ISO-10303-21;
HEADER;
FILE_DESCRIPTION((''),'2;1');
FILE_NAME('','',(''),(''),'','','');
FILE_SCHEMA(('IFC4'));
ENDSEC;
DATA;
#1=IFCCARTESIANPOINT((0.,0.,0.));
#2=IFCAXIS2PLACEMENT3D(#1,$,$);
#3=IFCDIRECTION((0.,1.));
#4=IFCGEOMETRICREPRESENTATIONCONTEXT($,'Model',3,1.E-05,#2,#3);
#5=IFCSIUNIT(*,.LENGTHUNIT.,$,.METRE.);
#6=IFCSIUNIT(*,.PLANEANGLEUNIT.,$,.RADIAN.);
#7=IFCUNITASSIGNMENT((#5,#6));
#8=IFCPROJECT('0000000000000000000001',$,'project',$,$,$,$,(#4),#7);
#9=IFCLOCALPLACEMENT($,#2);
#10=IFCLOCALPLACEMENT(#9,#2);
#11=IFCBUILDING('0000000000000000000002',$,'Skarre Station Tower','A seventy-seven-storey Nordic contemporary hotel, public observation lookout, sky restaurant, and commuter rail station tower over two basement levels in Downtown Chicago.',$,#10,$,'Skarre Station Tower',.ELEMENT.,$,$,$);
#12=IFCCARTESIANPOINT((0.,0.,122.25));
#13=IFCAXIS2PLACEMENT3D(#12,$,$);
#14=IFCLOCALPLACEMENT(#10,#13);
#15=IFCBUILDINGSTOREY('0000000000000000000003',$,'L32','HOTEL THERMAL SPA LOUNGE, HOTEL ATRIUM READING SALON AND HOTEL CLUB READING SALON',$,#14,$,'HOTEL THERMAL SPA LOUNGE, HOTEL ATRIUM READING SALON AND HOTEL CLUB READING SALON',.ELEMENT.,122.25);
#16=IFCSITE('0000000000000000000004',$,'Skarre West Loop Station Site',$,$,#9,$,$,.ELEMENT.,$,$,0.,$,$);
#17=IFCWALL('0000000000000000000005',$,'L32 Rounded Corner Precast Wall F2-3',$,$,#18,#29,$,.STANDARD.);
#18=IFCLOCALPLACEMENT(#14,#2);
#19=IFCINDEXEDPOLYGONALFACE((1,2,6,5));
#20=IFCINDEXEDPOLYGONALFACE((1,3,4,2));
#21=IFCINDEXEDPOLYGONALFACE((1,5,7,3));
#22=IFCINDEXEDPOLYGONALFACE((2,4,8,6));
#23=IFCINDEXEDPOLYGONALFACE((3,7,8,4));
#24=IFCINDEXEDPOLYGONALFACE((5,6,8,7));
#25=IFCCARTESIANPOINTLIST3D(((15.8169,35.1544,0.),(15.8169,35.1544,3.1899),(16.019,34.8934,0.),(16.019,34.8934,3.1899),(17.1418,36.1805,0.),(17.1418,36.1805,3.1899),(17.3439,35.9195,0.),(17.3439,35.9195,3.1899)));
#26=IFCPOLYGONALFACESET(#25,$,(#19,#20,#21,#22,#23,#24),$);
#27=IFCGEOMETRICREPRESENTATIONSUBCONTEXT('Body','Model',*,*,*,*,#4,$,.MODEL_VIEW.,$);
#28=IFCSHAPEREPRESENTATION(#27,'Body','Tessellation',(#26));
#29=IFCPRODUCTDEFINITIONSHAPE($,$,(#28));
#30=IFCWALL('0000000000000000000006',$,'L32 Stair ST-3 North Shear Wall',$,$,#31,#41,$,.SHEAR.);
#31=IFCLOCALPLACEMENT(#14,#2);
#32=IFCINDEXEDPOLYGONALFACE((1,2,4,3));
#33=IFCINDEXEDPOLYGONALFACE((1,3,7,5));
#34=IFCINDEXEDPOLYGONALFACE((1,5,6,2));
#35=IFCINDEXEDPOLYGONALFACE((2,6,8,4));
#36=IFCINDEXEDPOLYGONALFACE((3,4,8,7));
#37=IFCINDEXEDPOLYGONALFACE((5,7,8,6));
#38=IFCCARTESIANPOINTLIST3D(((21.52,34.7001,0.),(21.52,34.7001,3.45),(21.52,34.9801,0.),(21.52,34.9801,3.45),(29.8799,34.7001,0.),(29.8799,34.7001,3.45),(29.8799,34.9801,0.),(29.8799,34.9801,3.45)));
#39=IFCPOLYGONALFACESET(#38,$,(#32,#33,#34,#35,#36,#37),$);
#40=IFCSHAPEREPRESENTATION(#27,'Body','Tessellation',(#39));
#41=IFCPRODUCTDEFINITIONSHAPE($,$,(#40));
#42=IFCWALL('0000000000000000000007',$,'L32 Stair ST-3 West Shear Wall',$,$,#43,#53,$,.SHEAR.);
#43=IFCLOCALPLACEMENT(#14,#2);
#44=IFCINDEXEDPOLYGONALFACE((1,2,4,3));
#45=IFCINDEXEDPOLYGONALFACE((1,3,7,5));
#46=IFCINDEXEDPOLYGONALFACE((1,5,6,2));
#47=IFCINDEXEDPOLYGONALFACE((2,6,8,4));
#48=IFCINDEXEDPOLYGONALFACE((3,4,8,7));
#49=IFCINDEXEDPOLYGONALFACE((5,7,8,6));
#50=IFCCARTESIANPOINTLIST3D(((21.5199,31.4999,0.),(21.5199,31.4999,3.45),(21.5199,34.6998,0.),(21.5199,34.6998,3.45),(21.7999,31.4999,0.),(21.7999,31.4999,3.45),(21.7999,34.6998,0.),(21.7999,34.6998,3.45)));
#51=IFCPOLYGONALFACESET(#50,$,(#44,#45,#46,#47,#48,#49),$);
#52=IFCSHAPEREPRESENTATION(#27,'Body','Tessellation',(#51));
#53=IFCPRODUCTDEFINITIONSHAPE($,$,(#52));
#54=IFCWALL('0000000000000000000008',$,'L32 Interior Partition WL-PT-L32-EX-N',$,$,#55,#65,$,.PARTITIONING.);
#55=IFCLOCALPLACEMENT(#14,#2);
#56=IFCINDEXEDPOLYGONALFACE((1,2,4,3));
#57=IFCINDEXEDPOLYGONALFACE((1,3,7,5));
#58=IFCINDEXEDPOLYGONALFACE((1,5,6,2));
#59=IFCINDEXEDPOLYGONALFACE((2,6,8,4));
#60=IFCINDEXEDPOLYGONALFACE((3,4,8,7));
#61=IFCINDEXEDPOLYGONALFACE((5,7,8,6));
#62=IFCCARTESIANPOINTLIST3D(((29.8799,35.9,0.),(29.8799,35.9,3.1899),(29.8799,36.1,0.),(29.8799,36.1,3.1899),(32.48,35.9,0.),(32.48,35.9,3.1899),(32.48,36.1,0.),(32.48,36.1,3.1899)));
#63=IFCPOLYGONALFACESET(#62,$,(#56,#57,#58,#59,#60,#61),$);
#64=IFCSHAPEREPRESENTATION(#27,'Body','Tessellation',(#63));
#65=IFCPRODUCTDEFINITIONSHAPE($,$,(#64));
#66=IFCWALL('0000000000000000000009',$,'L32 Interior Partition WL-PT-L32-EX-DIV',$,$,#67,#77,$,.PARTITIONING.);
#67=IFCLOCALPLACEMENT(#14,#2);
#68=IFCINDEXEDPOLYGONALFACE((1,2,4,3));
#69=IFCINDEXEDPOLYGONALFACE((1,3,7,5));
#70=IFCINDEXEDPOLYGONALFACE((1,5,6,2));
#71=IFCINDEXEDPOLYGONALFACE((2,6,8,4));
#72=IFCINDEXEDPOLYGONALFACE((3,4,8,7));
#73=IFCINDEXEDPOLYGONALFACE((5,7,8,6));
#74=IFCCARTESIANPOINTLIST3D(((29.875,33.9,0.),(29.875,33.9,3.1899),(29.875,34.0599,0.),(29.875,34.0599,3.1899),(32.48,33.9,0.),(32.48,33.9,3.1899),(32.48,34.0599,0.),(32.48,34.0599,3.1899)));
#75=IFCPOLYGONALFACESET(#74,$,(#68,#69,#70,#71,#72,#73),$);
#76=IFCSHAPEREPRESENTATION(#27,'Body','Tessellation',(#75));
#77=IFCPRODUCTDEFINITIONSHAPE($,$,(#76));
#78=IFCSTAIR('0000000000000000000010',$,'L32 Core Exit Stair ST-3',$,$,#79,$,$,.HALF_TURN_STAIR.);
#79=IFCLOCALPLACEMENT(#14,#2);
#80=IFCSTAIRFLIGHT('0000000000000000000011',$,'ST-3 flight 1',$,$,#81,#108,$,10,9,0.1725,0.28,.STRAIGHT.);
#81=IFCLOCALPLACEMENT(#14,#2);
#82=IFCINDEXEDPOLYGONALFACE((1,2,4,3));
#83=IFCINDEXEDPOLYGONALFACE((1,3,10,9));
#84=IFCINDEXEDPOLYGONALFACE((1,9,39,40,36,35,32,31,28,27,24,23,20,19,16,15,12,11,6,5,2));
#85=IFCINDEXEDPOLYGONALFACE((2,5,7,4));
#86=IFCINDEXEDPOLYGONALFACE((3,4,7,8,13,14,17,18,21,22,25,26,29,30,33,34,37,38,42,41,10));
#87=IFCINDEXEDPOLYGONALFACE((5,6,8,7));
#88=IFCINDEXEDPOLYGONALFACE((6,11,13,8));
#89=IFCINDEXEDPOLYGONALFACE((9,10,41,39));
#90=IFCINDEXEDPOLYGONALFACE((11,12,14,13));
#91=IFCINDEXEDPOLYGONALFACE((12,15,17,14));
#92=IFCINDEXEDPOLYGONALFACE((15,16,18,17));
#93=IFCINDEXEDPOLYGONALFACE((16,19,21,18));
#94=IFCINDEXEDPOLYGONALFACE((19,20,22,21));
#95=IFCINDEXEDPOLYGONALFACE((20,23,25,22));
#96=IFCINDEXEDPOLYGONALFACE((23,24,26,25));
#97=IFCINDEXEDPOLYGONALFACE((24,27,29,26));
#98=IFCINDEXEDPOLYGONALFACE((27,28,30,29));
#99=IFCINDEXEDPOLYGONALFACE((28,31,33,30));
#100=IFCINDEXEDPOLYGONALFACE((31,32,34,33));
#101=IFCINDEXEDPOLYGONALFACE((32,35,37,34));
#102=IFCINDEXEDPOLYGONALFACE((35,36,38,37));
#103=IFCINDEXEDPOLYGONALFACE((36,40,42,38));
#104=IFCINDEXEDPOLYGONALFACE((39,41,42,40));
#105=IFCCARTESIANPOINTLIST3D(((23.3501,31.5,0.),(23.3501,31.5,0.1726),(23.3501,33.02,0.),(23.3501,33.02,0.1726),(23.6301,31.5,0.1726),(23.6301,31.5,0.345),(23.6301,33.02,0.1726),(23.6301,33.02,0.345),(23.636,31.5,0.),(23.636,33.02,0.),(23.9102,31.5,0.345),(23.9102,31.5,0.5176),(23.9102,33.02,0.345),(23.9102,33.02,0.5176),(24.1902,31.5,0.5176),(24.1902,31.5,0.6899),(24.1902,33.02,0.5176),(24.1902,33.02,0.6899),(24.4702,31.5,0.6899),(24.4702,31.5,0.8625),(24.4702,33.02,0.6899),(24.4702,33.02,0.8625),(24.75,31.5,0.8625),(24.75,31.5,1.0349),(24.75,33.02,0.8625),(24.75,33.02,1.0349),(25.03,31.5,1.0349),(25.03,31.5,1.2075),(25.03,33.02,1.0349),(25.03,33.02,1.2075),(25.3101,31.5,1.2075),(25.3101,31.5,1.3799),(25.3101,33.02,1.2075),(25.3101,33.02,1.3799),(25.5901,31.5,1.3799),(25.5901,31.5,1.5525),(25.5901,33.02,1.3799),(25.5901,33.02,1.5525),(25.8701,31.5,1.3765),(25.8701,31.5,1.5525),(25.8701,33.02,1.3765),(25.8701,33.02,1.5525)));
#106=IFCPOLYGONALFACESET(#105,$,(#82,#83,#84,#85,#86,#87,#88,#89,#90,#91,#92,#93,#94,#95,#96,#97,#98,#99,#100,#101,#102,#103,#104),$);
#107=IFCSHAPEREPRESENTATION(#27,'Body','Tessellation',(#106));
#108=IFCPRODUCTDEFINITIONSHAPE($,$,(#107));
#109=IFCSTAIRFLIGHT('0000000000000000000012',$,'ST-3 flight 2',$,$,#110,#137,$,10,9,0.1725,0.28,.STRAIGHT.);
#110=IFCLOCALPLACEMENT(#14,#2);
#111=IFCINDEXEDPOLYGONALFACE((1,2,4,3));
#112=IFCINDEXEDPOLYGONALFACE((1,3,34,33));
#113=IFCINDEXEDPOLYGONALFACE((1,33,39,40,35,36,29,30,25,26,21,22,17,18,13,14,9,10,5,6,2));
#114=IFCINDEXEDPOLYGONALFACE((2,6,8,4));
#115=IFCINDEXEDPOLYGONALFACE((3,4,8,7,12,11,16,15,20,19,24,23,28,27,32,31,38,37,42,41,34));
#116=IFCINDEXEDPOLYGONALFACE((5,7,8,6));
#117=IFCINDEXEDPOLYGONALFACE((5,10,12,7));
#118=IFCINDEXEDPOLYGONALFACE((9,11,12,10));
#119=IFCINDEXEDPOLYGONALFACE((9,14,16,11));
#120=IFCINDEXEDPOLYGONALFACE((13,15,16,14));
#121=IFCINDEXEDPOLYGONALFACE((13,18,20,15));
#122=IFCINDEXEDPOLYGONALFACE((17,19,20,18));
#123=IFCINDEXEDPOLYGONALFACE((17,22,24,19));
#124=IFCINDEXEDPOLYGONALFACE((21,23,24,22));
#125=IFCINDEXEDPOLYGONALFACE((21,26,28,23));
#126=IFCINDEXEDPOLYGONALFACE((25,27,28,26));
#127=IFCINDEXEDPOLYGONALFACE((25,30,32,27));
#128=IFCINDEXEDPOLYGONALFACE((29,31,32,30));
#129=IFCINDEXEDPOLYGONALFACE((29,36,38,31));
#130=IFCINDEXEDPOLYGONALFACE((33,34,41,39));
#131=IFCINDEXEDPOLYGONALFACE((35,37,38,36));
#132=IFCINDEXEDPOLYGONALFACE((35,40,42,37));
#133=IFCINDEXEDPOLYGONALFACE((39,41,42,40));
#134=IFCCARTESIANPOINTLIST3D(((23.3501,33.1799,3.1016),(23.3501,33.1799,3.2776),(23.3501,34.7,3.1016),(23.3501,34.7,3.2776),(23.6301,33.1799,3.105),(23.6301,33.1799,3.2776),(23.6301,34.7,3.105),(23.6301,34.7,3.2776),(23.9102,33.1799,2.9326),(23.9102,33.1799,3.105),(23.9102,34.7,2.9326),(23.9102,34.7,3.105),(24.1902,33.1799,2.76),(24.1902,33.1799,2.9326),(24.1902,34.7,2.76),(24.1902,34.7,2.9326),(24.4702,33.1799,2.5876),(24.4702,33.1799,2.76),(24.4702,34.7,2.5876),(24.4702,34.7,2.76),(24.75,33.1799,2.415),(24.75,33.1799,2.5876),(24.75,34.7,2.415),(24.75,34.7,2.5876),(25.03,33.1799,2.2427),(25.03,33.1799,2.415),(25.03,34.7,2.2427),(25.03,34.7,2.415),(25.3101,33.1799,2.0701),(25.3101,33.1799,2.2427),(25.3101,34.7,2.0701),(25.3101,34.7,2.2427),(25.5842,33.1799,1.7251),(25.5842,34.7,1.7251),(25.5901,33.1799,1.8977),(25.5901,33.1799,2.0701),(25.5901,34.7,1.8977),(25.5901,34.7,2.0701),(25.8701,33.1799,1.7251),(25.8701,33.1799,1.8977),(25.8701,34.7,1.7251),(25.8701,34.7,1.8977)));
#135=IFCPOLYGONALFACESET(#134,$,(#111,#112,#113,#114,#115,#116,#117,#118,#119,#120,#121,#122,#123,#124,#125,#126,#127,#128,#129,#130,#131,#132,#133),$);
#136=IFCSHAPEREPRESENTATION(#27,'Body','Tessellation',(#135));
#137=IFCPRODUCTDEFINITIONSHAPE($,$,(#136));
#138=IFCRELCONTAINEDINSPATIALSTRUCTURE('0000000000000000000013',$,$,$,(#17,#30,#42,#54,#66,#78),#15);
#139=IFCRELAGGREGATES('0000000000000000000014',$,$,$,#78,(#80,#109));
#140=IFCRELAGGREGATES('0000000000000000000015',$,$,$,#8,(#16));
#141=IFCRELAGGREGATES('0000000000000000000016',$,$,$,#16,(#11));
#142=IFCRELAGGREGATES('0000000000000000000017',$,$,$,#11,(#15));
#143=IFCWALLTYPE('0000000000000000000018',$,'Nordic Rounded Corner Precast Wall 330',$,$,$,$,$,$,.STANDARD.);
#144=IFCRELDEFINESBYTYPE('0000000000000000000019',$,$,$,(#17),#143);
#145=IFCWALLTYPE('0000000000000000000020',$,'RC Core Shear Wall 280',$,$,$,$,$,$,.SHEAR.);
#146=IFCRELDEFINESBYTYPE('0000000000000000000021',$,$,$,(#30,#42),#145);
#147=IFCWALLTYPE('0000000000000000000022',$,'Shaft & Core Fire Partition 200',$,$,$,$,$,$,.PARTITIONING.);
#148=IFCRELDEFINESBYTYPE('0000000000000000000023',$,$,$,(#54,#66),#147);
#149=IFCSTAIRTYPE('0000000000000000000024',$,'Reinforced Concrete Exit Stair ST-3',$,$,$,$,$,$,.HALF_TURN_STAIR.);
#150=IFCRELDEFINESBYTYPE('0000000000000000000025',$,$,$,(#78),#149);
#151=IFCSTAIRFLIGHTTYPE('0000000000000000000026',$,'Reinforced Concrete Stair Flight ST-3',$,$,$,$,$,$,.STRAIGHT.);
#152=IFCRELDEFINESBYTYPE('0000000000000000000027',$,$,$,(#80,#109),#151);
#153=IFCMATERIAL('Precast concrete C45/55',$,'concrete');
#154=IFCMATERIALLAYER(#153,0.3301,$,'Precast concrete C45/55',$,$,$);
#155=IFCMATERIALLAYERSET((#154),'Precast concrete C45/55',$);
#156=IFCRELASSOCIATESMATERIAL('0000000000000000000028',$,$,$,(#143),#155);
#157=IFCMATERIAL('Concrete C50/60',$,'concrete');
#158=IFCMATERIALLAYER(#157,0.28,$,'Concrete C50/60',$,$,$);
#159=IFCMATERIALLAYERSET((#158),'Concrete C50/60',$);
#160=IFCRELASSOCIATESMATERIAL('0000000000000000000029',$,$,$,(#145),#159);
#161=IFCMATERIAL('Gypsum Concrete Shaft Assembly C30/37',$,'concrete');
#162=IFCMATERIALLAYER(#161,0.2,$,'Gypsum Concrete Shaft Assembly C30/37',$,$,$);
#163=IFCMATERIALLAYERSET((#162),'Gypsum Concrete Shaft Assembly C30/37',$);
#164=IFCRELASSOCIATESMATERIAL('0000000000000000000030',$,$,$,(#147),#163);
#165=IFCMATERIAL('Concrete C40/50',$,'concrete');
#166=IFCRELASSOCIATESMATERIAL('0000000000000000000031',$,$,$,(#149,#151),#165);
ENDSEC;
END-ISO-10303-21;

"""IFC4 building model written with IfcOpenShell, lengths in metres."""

from ifc_helpers import new_model, si_unit, direction, frame, frame_2d, origin, place, context, subcontext, project, spatial, polyline, rectangle, outline, extrude, material, layer, layer_set, type_object, element, aggregate, save


model = new_model("IFC4")

# Units and contexts
model_context = context("Model", 3, precision=1e-05, world=origin(), true_north=direction((0.0, 1.0)))
body_context = subcontext(model_context, "Body", "Model", "MODEL_VIEW")
ifc_project = project(units=[si_unit("LENGTHUNIT", "METRE"), si_unit("PLANEANGLEUNIT", "RADIAN")], contexts=[model_context])

# Site, building, storey
site_placement = place(None, origin())
site = spatial("IfcSite", under=ifc_project, at=site_placement, Name="Skarre West Loop Station Site", CompositionType="ELEMENT", RefElevation=0.0)
building_placement = place(site_placement, origin())
building = spatial("IfcBuilding", under=site, at=building_placement, Name="Skarre Station Tower", Description="A seventy-seven-storey Nordic contemporary hotel, public observation lookout, sky restaurant, and commuter rail station tower over two basement levels in Downtown Chicago.", LongName="Skarre Station Tower", CompositionType="ELEMENT")
storey_placement = place(building_placement, frame((0.0, 0.0, 122.25)))
storey = spatial("IfcBuildingStorey", under=building, at=storey_placement, Name="L32", Description="HOTEL THERMAL SPA LOUNGE, HOTEL ATRIUM READING SALON AND HOTEL CLUB READING SALON", LongName="HOTEL THERMAL SPA LOUNGE, HOTEL ATRIUM READING SALON AND HOTEL CLUB READING SALON", CompositionType="ELEMENT", Elevation=122.25)

# Shared definitions
ifc_material_1 = material(Name="Precast concrete C45/55", Category="concrete")

# Walls
ifc_layer_1 = layer(ifc_material_1, 0.3301, Name="Precast concrete C45/55")
ifc_layer_set_1 = layer_set([ifc_layer_1], Name="Precast concrete C45/55")
wall_type_1 = type_object("IfcWallType", Name="Nordic Rounded Corner Precast Wall 330", PredefinedType="STANDARD", material=ifc_layer_set_1)
wall_1_placement = place(storey_placement, frame((15.918, 35.0239, 0.0), z_axis=(0.0, 0.0, 1.0), x_axis=(0.790621, 0.612305, 0.0)))
element("IfcWall", 1, at=wall_1_placement, inside=storey, type_object=wall_type_1, Name="L32 Rounded Corner Precast Wall F2-3", PredefinedType="STANDARD", context=body_context, shape_type="SweptSolid", body=[
    extrude(rectangle(XDim=1.6758, YDim=0.3301, at=frame_2d((0.8379, 0.0))), origin(), (0.0, 0.0, 1.0), 3.1899),
])
ifc_material_2 = material(Name="Concrete C50/60", Category="concrete")
ifc_layer_2 = layer(ifc_material_2, 0.28, Name="Concrete C50/60")
ifc_layer_set_2 = layer_set([ifc_layer_2], Name="Concrete C50/60")
wall_type_2 = type_object("IfcWallType", Name="RC Core Shear Wall 280", PredefinedType="SHEAR", material=ifc_layer_set_2)
wall_2_placement = place(storey_placement, frame((29.8799, 34.8401, 0.0), z_axis=(0.0, 0.0, 1.0), x_axis=(-1.0, 0.0, 0.0)))
element("IfcWall", 2, at=wall_2_placement, inside=storey, type_object=wall_type_2, Name="L32 Stair ST-3 North Shear Wall", PredefinedType="SHEAR", context=body_context, shape_type="SweptSolid", body=[
    extrude(rectangle(XDim=8.3599, YDim=0.28, at=frame_2d((4.1799, 0.0))), origin(), (0.0, 0.0, 1.0), 3.45),
])
wall_3_placement = place(storey_placement, frame((21.6599, 34.7, 0.0), z_axis=(0.0, 0.0, 1.0), x_axis=(0.0, -1.0, 0.0)))
element("IfcWall", 3, at=wall_3_placement, inside=storey, type_object=wall_type_2, Name="L32 Stair ST-3 West Shear Wall", PredefinedType="SHEAR", context=body_context, shape_type="SweptSolid", body=[
    extrude(rectangle(XDim=3.2, YDim=0.28, at=frame_2d((1.6001, 0.0))), origin(), (0.0, 0.0, 1.0), 3.45),
])
ifc_material_3 = material(Name="Gypsum Concrete Shaft Assembly C30/37", Category="concrete")
ifc_layer_3 = layer(ifc_material_3, 0.2, Name="Gypsum Concrete Shaft Assembly C30/37")
ifc_layer_set_3 = layer_set([ifc_layer_3], Name="Gypsum Concrete Shaft Assembly C30/37")
wall_type_3 = type_object("IfcWallType", Name="Shaft & Core Fire Partition 200", PredefinedType="PARTITIONING", material=ifc_layer_set_3)
wall_4_placement = place(storey_placement, frame((29.8799, 36.0, 0.0), z_axis=(0.0, 0.0, 1.0), x_axis=(1.0, 0.0, 0.0)))
element("IfcWall", 4, at=wall_4_placement, inside=storey, type_object=wall_type_3, Name="L32 Interior Partition WL-PT-L32-EX-N", PredefinedType="PARTITIONING", context=body_context, shape_type="SweptSolid", body=[
    extrude(rectangle(XDim=2.6001, YDim=0.2, at=frame_2d((1.3, 0.0))), origin(), (0.0, 0.0, 1.0), 3.1899),
])
wall_5_placement = place(storey_placement, frame((29.875, 33.98, 0.0), z_axis=(0.0, 0.0, 1.0), x_axis=(1.0, 0.0, 0.0)))
element("IfcWall", 5, at=wall_5_placement, inside=storey, type_object=wall_type_3, Name="L32 Interior Partition WL-PT-L32-EX-DIV", PredefinedType="PARTITIONING", context=body_context, shape_type="SweptSolid", body=[
    extrude(rectangle(XDim=2.605, YDim=0.1599, at=frame_2d((1.3025, 0.0))), origin(), (0.0, 0.0, 1.0), 3.1899),
])

# Stair, stair flights
ifc_material_4 = material(Name="Concrete C40/50", Category="concrete")
stair_type = type_object("IfcStairType", Name="Reinforced Concrete Exit Stair ST-3", PredefinedType="HALF_TURN_STAIR", material=ifc_material_4)
stair_placement = place(storey_placement, origin())
stair = element("IfcStair", 6, at=stair_placement, inside=storey, type_object=stair_type, Name="L32 Core Exit Stair ST-3", PredefinedType="HALF_TURN_STAIR")
stair_flight_type = type_object("IfcStairFlightType", Name="Reinforced Concrete Stair Flight ST-3", PredefinedType="STRAIGHT", material=ifc_material_4)
stair_flight_1_placement = place(storey_placement, frame((23.3501, 32.26, 0.0), z_axis=(0.0, 0.0, 1.0), x_axis=(1.0, 0.0, 0.0)))
stair_flight_1 = element("IfcStairFlight", 7, at=stair_flight_1_placement, type_object=stair_flight_type, Name="ST-3 flight 1", NumberOfRisers=10, NumberOfTreads=9, PredefinedType="STRAIGHT", RiserHeight=0.1725, TreadLength=0.28, context=body_context, shape_type="SweptSolid", body=[
    extrude(outline(polyline([(0.0, 0.0), (0.0, 0.1726), (0.28, 0.1726), (0.28, 0.345), (0.5601, 0.345), (0.5601, 0.5176), (0.8401, 0.5176), (0.8401, 0.6899), (1.1201, 0.6899), (1.1201, 0.8625), (1.3999, 0.8625), (1.3999, 1.0349), (1.6799, 1.0349), (1.6799, 1.2075), (1.96, 1.2075), (1.96, 1.3799), (2.24, 1.3799), (2.24, 1.5525), (2.52, 1.5525), (2.52, 1.7251), (2.52, 1.3765), (0.2859, 0.0), (0.0, 0.0)])), frame((0.0, 0.76, 0.0), z_axis=(0.0, -1.0, 0.0), x_axis=(1.0, 0.0, 0.0)), (0.0, 0.0, 1.0), 1.52),
])
stair_flight_2_placement = place(storey_placement, frame((25.8701, 33.9399, 1.7251), z_axis=(0.0, 0.0, 1.0), x_axis=(-1.0, 0.0, 0.0)))
stair_flight_2 = element("IfcStairFlight", 8, at=stair_flight_2_placement, type_object=stair_flight_type, Name="ST-3 flight 2", NumberOfRisers=10, NumberOfTreads=9, PredefinedType="STRAIGHT", RiserHeight=0.1725, TreadLength=0.28, context=body_context, shape_type="SweptSolid", body=[
    extrude(outline(polyline([(0.0, 0.0), (0.0, 0.1726), (0.28, 0.1726), (0.28, 0.345), (0.5601, 0.345), (0.5601, 0.5176), (0.8401, 0.5176), (0.8401, 0.6899), (1.1201, 0.6899), (1.1201, 0.8625), (1.3999, 0.8625), (1.3999, 1.0349), (1.6799, 1.0349), (1.6799, 1.2075), (1.96, 1.2075), (1.96, 1.3799), (2.24, 1.3799), (2.24, 1.5525), (2.52, 1.5525), (2.52, 1.7251), (2.52, 1.3765), (0.2859, 0.0), (0.0, 0.0)])), frame((0.0, 0.76, 0.0), z_axis=(0.0, -1.0, 0.0), x_axis=(1.0, 0.0, 0.0)), (0.0, 0.0, 1.0), 1.52),
])
aggregate(stair, [stair_flight_1, stair_flight_2])

save(model, "model.ifc")
